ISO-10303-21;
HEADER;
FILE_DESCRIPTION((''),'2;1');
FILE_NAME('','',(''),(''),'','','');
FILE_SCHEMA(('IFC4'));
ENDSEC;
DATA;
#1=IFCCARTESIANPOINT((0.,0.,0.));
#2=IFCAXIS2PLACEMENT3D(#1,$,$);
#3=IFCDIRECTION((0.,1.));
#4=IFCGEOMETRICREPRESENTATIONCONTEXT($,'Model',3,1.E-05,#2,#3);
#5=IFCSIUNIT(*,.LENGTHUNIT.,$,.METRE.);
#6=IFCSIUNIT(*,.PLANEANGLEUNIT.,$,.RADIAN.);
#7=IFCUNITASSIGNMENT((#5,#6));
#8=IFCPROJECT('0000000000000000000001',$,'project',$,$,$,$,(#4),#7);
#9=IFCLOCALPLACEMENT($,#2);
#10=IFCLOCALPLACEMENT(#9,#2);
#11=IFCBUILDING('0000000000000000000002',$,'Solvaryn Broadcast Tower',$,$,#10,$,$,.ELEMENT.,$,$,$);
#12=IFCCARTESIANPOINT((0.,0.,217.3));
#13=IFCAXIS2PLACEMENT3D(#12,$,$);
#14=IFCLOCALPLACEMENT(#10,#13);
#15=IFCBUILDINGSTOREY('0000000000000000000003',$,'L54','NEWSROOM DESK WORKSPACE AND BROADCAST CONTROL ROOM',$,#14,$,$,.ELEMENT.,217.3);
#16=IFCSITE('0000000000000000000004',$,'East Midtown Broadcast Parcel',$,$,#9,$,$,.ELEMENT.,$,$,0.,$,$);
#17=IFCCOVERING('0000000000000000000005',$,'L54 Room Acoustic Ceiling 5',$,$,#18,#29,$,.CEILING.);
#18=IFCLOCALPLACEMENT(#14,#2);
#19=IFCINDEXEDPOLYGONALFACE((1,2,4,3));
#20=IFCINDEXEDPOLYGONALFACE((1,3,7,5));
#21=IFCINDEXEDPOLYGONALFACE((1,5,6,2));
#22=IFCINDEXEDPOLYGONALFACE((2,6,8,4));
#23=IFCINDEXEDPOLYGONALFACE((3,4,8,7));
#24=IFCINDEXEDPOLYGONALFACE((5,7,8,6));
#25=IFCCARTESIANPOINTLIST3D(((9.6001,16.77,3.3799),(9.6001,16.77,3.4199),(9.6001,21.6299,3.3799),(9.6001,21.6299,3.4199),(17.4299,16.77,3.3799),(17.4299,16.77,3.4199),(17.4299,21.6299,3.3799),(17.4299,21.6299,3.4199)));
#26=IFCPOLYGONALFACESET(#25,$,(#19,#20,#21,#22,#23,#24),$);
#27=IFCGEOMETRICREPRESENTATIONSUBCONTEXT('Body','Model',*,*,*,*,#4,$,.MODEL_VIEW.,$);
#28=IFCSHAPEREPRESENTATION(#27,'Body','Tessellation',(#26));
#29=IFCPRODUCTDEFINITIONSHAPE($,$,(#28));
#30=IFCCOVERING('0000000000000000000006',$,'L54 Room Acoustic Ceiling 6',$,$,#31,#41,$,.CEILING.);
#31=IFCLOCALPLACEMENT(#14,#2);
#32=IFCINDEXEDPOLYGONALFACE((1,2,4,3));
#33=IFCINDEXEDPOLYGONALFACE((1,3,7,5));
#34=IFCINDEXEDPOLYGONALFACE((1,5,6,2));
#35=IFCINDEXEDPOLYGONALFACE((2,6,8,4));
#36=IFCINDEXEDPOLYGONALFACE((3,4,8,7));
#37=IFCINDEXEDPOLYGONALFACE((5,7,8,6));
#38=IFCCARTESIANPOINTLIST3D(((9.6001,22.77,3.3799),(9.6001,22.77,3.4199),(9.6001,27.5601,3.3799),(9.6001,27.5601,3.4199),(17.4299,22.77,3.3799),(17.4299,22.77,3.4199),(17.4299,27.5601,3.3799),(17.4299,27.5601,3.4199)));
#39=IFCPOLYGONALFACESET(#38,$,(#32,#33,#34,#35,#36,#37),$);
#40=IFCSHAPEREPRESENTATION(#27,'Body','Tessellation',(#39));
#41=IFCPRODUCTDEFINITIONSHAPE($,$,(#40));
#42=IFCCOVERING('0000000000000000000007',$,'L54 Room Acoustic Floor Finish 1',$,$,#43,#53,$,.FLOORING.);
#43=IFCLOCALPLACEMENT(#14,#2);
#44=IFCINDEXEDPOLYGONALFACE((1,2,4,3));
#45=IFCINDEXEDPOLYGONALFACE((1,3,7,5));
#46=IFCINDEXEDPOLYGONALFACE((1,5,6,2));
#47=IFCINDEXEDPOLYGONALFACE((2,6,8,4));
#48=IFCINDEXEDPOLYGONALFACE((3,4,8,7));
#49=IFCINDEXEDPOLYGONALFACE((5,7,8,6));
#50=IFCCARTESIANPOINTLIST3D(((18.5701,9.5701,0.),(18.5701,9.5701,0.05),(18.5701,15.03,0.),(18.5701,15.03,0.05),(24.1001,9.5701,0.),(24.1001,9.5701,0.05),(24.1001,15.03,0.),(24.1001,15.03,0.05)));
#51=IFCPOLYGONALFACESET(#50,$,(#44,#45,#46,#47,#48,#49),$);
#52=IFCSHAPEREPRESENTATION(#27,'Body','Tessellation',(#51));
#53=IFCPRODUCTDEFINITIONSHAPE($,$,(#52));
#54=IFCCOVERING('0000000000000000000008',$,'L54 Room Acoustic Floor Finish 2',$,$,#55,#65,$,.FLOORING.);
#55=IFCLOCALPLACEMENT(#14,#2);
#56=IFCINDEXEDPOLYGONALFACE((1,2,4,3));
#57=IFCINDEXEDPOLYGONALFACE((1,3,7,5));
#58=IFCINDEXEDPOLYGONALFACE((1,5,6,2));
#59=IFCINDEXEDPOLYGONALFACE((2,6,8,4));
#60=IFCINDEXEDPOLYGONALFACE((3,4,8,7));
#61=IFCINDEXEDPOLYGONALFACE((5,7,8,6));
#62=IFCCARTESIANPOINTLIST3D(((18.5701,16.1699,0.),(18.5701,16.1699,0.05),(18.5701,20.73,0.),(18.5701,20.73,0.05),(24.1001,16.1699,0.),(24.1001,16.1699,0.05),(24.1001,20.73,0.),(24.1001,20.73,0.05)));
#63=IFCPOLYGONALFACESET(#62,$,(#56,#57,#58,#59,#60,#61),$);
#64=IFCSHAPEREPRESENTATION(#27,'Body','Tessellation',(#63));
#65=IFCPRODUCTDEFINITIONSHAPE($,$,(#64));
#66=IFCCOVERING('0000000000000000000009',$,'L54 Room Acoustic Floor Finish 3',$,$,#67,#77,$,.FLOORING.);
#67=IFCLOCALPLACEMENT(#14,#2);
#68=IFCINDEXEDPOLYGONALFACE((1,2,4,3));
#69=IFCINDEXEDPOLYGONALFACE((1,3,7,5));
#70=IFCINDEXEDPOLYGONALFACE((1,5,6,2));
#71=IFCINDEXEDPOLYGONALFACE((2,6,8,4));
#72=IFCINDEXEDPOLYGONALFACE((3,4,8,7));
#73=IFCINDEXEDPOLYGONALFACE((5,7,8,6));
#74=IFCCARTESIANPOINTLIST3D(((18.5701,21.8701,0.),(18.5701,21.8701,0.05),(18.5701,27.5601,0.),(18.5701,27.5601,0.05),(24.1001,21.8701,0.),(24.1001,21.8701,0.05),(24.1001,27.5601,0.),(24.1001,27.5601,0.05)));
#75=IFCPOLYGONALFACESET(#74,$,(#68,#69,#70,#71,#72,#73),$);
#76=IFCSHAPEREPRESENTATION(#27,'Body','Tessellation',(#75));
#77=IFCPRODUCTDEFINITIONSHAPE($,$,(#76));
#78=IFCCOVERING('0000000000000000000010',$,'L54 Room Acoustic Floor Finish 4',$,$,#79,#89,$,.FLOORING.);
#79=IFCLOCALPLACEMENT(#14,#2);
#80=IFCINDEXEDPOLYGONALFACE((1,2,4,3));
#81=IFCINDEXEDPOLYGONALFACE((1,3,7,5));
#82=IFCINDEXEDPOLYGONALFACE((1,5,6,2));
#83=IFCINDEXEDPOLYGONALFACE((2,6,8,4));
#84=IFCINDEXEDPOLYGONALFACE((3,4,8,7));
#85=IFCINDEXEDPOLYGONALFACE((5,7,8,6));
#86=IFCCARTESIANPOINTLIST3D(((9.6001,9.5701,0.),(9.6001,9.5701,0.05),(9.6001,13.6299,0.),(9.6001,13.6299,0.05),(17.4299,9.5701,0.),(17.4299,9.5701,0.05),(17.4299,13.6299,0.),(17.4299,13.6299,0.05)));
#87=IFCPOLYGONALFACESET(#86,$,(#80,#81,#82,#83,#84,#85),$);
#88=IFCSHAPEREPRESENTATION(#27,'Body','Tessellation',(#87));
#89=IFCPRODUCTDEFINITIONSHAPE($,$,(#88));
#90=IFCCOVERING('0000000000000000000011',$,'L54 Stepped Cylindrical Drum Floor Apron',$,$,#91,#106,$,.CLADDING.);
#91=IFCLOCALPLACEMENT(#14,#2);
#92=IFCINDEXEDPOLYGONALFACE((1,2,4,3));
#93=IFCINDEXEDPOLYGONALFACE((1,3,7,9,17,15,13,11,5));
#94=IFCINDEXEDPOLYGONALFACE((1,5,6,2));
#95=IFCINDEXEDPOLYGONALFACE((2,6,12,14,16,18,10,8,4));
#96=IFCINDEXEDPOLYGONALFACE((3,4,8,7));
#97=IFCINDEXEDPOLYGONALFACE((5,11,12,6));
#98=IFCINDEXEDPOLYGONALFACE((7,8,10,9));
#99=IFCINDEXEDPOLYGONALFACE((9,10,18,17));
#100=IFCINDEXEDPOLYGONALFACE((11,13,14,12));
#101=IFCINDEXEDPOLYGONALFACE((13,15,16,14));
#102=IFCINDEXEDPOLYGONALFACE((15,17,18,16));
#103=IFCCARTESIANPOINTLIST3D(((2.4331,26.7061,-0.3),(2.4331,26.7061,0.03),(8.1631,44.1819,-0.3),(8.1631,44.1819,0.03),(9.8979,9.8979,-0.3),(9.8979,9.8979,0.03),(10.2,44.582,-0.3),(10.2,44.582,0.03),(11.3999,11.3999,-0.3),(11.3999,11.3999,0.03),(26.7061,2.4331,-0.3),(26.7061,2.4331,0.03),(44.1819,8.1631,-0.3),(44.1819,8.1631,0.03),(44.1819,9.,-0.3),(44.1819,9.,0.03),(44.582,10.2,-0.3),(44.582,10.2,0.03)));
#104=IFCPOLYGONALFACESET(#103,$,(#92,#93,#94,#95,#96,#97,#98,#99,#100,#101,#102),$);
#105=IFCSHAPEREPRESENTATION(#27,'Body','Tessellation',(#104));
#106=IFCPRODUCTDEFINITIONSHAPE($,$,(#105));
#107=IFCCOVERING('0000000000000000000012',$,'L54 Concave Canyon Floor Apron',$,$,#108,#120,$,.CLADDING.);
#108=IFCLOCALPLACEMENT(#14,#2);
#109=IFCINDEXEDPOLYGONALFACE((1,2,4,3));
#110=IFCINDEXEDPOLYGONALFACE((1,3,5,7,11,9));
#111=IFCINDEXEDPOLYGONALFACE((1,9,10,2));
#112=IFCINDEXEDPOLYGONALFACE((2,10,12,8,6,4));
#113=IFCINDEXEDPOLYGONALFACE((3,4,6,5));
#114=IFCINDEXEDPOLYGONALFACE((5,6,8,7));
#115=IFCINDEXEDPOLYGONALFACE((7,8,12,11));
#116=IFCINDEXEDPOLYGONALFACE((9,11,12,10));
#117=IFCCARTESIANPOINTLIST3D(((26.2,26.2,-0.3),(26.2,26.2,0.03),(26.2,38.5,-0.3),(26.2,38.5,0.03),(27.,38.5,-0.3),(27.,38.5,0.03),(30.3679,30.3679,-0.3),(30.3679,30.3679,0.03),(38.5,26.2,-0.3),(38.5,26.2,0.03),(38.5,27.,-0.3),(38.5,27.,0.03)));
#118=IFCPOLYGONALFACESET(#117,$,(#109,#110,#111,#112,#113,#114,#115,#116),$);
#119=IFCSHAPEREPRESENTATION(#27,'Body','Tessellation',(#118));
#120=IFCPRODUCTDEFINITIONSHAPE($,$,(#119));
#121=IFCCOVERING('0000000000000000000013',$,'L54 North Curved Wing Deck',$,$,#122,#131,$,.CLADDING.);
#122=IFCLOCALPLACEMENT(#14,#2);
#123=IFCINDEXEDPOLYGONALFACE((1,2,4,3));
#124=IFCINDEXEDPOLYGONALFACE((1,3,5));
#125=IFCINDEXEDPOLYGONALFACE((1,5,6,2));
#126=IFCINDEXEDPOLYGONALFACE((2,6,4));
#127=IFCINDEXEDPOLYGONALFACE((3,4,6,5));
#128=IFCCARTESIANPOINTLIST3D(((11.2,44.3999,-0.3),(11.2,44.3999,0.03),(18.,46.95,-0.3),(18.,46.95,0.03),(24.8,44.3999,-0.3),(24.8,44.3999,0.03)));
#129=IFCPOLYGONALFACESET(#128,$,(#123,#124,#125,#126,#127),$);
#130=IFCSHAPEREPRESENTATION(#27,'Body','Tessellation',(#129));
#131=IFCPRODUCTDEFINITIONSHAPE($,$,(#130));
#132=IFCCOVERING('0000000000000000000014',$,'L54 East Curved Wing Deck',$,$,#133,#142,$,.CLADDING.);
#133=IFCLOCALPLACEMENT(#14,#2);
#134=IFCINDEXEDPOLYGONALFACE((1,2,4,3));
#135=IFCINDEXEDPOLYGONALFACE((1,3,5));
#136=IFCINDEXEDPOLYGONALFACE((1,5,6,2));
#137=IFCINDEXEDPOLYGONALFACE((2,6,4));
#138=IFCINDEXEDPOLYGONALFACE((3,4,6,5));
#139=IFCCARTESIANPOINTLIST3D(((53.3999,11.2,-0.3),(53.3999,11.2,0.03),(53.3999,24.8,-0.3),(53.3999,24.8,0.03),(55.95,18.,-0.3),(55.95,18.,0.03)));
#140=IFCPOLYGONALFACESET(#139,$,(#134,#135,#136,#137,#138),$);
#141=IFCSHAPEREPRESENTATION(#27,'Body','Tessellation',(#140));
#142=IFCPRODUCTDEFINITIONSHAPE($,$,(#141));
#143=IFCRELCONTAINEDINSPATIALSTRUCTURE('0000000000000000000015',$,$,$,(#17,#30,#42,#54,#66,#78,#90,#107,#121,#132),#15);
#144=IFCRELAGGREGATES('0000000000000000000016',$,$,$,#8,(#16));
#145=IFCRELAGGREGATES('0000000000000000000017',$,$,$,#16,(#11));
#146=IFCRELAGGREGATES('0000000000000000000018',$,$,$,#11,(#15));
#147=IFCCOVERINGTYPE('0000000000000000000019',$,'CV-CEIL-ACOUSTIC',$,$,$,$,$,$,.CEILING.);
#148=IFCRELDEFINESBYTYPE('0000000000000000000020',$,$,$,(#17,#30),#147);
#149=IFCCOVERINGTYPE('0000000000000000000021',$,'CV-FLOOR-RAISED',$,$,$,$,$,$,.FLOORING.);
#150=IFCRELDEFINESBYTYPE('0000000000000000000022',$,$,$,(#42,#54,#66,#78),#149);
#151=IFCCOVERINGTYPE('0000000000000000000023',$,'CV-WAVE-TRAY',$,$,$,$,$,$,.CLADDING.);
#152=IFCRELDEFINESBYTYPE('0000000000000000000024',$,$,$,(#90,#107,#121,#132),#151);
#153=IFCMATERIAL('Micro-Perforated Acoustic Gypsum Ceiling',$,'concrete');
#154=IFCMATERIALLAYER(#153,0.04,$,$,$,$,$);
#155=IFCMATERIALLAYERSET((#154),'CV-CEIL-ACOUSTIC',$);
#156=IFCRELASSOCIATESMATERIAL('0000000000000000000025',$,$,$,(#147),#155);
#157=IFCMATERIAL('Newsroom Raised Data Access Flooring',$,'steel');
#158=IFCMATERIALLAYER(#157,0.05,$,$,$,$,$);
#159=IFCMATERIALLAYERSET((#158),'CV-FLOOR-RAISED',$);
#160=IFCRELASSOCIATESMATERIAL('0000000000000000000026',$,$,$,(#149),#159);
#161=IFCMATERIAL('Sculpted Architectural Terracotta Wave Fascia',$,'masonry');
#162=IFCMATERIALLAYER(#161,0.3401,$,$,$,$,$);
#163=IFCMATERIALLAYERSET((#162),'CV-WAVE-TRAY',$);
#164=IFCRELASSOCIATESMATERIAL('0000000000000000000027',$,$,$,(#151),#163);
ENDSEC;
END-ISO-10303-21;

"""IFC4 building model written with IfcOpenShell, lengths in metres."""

from ifc_helpers import new_model, si_unit, direction, frame, origin, place, context, subcontext, project, spatial, polyline, outline, extrude, material, layer, layer_set, type_object, element, save


model = new_model("IFC4")

# Units and contexts
model_context = context("Model", 3, precision=1e-05, world=origin(), true_north=direction((0.0, 1.0)))
body_context = subcontext(model_context, "Body", "Model", "MODEL_VIEW")
ifc_project = project(units=[si_unit("LENGTHUNIT", "METRE"), si_unit("PLANEANGLEUNIT", "RADIAN")], contexts=[model_context])

# Site, building, storey
site_placement = place(None, origin())
site = spatial("IfcSite", under=ifc_project, at=site_placement, Name="East Midtown Broadcast Parcel", CompositionType="ELEMENT", RefElevation=0.0)
building_placement = place(site_placement, origin())
building = spatial("IfcBuilding", under=site, at=building_placement, Name="Solvaryn Broadcast Tower", CompositionType="ELEMENT")
storey_placement = place(building_placement, frame((0.0, 0.0, 217.3)))
storey = spatial("IfcBuildingStorey", under=building, at=storey_placement, Name="L54", Description="NEWSROOM DESK WORKSPACE AND BROADCAST CONTROL ROOM", CompositionType="ELEMENT", Elevation=217.3)

# Coverings
ifc_material_1 = material(Name="Micro-Perforated Acoustic Gypsum Ceiling", Category="concrete")
ifc_layer_1 = layer(ifc_material_1, 0.04)
ifc_layer_set_1 = layer_set([ifc_layer_1], Name="CV-CEIL-ACOUSTIC")
covering_type_1 = type_object("IfcCoveringType", Name="CV-CEIL-ACOUSTIC", PredefinedType="CEILING", material=ifc_layer_set_1)
covering_1_placement = place(storey_placement, frame((0.0, 0.0, 3.3799)))
element("IfcCovering", 1, at=covering_1_placement, inside=storey, type_object=covering_type_1, Name="L54 Room Acoustic Ceiling 5", PredefinedType="CEILING", context=body_context, shape_type="SweptSolid", body=[
    extrude(outline(polyline([(9.6001, 16.77), (17.4299, 16.77), (17.4299, 21.6299), (9.6001, 21.6299), (9.6001, 16.77)])), origin(), (0.0, 0.0, 1.0), 0.04),
])
covering_2_placement = place(storey_placement, frame((0.0, 0.0, 3.3799)))
element("IfcCovering", 2, at=covering_2_placement, inside=storey, type_object=covering_type_1, Name="L54 Room Acoustic Ceiling 6", PredefinedType="CEILING", context=body_context, shape_type="SweptSolid", body=[
    extrude(outline(polyline([(9.6001, 22.77), (17.4299, 22.77), (17.4299, 27.5601), (9.6001, 27.5601), (9.6001, 22.77)])), origin(), (0.0, 0.0, 1.0), 0.04),
])
ifc_material_2 = material(Name="Newsroom Raised Data Access Flooring", Category="steel")
ifc_layer_2 = layer(ifc_material_2, 0.05)
ifc_layer_set_2 = layer_set([ifc_layer_2], Name="CV-FLOOR-RAISED")
covering_type_2 = type_object("IfcCoveringType", Name="CV-FLOOR-RAISED", PredefinedType="FLOORING", material=ifc_layer_set_2)
covering_3_placement = place(storey_placement, origin())
element("IfcCovering", 3, at=covering_3_placement, inside=storey, type_object=covering_type_2, Name="L54 Room Acoustic Floor Finish 1", PredefinedType="FLOORING", context=body_context, shape_type="SweptSolid", body=[
    extrude(outline(polyline([(18.5701, 9.5701), (24.1001, 9.5701), (24.1001, 15.03), (18.5701, 15.03), (18.5701, 9.5701)])), origin(), (0.0, 0.0, 1.0), 0.05),
])
covering_4_placement = place(storey_placement, origin())
element("IfcCovering", 4, at=covering_4_placement, inside=storey, type_object=covering_type_2, Name="L54 Room Acoustic Floor Finish 2", PredefinedType="FLOORING", context=body_context, shape_type="SweptSolid", body=[
    extrude(outline(polyline([(18.5701, 16.1699), (24.1001, 16.1699), (24.1001, 20.73), (18.5701, 20.73), (18.5701, 16.1699)])), origin(), (0.0, 0.0, 1.0), 0.05),
])
covering_5_placement = place(storey_placement, origin())
element("IfcCovering", 5, at=covering_5_placement, inside=storey, type_object=covering_type_2, Name="L54 Room Acoustic Floor Finish 3", PredefinedType="FLOORING", context=body_context, shape_type="SweptSolid", body=[
    extrude(outline(polyline([(18.5701, 21.8701), (24.1001, 21.8701), (24.1001, 27.5601), (18.5701, 27.5601), (18.5701, 21.8701)])), origin(), (0.0, 0.0, 1.0), 0.05),
])
covering_6_placement = place(storey_placement, origin())
element("IfcCovering", 6, at=covering_6_placement, inside=storey, type_object=covering_type_2, Name="L54 Room Acoustic Floor Finish 4", PredefinedType="FLOORING", context=body_context, shape_type="SweptSolid", body=[
    extrude(outline(polyline([(9.6001, 9.5701), (17.4299, 9.5701), (17.4299, 13.6299), (9.6001, 13.6299), (9.6001, 9.5701)])), origin(), (0.0, 0.0, 1.0), 0.05),
])
ifc_material_3 = material(Name="Sculpted Architectural Terracotta Wave Fascia", Category="masonry")
ifc_layer_3 = layer(ifc_material_3, 0.3401)
ifc_layer_set_3 = layer_set([ifc_layer_3], Name="CV-WAVE-TRAY")
covering_type_3 = type_object("IfcCoveringType", Name="CV-WAVE-TRAY", PredefinedType="CLADDING", material=ifc_layer_set_3)
covering_7_placement = place(storey_placement, frame((0.0, 0.0, -0.3)))
element("IfcCovering", 7, at=covering_7_placement, inside=storey, type_object=covering_type_3, Name="L54 Stepped Cylindrical Drum Floor Apron", PredefinedType="CLADDING", context=body_context, shape_type="SweptSolid", body=[
    extrude(outline(polyline([(10.2, 44.582), (8.1631, 44.1819), (2.4331, 26.7061), (9.8979, 9.8979), (26.7061, 2.4331), (44.1819, 8.1631), (44.1819, 9.0), (44.582, 10.2), (11.3999, 11.3999), (10.2, 44.582)])), origin(), (0.0, 0.0, 1.0), 0.3301),
])
covering_8_placement = place(storey_placement, frame((0.0, 0.0, -0.3)))
element("IfcCovering", 8, at=covering_8_placement, inside=storey, type_object=covering_type_3, Name="L54 Concave Canyon Floor Apron", PredefinedType="CLADDING", context=body_context, shape_type="SweptSolid", body=[
    extrude(outline(polyline([(26.2, 26.2), (38.5, 26.2), (38.5, 27.0), (30.3679, 30.3679), (27.0, 38.5), (26.2, 38.5), (26.2, 26.2)])), origin(), (0.0, 0.0, 1.0), 0.3301),
])
covering_9_placement = place(storey_placement, frame((0.0, 0.0, -0.3)))
element("IfcCovering", 9, at=covering_9_placement, inside=storey, type_object=covering_type_3, Name="L54 North Curved Wing Deck", PredefinedType="CLADDING", context=body_context, shape_type="SweptSolid", body=[
    extrude(outline(polyline([(11.2, 44.3999), (24.8, 44.3999), (18.0, 46.95), (11.2, 44.3999)])), origin(), (0.0, 0.0, 1.0), 0.3301),
])
covering_10_placement = place(storey_placement, frame((0.0, 0.0, -0.3)))
element("IfcCovering", 10, at=covering_10_placement, inside=storey, type_object=covering_type_3, Name="L54 East Curved Wing Deck", PredefinedType="CLADDING", context=body_context, shape_type="SweptSolid", body=[
    extrude(outline(polyline([(53.3999, 11.2), (55.95, 18.0), (53.3999, 24.8), (53.3999, 11.2)])), origin(), (0.0, 0.0, 1.0), 0.3301),
])

save(model, "model.ifc")
